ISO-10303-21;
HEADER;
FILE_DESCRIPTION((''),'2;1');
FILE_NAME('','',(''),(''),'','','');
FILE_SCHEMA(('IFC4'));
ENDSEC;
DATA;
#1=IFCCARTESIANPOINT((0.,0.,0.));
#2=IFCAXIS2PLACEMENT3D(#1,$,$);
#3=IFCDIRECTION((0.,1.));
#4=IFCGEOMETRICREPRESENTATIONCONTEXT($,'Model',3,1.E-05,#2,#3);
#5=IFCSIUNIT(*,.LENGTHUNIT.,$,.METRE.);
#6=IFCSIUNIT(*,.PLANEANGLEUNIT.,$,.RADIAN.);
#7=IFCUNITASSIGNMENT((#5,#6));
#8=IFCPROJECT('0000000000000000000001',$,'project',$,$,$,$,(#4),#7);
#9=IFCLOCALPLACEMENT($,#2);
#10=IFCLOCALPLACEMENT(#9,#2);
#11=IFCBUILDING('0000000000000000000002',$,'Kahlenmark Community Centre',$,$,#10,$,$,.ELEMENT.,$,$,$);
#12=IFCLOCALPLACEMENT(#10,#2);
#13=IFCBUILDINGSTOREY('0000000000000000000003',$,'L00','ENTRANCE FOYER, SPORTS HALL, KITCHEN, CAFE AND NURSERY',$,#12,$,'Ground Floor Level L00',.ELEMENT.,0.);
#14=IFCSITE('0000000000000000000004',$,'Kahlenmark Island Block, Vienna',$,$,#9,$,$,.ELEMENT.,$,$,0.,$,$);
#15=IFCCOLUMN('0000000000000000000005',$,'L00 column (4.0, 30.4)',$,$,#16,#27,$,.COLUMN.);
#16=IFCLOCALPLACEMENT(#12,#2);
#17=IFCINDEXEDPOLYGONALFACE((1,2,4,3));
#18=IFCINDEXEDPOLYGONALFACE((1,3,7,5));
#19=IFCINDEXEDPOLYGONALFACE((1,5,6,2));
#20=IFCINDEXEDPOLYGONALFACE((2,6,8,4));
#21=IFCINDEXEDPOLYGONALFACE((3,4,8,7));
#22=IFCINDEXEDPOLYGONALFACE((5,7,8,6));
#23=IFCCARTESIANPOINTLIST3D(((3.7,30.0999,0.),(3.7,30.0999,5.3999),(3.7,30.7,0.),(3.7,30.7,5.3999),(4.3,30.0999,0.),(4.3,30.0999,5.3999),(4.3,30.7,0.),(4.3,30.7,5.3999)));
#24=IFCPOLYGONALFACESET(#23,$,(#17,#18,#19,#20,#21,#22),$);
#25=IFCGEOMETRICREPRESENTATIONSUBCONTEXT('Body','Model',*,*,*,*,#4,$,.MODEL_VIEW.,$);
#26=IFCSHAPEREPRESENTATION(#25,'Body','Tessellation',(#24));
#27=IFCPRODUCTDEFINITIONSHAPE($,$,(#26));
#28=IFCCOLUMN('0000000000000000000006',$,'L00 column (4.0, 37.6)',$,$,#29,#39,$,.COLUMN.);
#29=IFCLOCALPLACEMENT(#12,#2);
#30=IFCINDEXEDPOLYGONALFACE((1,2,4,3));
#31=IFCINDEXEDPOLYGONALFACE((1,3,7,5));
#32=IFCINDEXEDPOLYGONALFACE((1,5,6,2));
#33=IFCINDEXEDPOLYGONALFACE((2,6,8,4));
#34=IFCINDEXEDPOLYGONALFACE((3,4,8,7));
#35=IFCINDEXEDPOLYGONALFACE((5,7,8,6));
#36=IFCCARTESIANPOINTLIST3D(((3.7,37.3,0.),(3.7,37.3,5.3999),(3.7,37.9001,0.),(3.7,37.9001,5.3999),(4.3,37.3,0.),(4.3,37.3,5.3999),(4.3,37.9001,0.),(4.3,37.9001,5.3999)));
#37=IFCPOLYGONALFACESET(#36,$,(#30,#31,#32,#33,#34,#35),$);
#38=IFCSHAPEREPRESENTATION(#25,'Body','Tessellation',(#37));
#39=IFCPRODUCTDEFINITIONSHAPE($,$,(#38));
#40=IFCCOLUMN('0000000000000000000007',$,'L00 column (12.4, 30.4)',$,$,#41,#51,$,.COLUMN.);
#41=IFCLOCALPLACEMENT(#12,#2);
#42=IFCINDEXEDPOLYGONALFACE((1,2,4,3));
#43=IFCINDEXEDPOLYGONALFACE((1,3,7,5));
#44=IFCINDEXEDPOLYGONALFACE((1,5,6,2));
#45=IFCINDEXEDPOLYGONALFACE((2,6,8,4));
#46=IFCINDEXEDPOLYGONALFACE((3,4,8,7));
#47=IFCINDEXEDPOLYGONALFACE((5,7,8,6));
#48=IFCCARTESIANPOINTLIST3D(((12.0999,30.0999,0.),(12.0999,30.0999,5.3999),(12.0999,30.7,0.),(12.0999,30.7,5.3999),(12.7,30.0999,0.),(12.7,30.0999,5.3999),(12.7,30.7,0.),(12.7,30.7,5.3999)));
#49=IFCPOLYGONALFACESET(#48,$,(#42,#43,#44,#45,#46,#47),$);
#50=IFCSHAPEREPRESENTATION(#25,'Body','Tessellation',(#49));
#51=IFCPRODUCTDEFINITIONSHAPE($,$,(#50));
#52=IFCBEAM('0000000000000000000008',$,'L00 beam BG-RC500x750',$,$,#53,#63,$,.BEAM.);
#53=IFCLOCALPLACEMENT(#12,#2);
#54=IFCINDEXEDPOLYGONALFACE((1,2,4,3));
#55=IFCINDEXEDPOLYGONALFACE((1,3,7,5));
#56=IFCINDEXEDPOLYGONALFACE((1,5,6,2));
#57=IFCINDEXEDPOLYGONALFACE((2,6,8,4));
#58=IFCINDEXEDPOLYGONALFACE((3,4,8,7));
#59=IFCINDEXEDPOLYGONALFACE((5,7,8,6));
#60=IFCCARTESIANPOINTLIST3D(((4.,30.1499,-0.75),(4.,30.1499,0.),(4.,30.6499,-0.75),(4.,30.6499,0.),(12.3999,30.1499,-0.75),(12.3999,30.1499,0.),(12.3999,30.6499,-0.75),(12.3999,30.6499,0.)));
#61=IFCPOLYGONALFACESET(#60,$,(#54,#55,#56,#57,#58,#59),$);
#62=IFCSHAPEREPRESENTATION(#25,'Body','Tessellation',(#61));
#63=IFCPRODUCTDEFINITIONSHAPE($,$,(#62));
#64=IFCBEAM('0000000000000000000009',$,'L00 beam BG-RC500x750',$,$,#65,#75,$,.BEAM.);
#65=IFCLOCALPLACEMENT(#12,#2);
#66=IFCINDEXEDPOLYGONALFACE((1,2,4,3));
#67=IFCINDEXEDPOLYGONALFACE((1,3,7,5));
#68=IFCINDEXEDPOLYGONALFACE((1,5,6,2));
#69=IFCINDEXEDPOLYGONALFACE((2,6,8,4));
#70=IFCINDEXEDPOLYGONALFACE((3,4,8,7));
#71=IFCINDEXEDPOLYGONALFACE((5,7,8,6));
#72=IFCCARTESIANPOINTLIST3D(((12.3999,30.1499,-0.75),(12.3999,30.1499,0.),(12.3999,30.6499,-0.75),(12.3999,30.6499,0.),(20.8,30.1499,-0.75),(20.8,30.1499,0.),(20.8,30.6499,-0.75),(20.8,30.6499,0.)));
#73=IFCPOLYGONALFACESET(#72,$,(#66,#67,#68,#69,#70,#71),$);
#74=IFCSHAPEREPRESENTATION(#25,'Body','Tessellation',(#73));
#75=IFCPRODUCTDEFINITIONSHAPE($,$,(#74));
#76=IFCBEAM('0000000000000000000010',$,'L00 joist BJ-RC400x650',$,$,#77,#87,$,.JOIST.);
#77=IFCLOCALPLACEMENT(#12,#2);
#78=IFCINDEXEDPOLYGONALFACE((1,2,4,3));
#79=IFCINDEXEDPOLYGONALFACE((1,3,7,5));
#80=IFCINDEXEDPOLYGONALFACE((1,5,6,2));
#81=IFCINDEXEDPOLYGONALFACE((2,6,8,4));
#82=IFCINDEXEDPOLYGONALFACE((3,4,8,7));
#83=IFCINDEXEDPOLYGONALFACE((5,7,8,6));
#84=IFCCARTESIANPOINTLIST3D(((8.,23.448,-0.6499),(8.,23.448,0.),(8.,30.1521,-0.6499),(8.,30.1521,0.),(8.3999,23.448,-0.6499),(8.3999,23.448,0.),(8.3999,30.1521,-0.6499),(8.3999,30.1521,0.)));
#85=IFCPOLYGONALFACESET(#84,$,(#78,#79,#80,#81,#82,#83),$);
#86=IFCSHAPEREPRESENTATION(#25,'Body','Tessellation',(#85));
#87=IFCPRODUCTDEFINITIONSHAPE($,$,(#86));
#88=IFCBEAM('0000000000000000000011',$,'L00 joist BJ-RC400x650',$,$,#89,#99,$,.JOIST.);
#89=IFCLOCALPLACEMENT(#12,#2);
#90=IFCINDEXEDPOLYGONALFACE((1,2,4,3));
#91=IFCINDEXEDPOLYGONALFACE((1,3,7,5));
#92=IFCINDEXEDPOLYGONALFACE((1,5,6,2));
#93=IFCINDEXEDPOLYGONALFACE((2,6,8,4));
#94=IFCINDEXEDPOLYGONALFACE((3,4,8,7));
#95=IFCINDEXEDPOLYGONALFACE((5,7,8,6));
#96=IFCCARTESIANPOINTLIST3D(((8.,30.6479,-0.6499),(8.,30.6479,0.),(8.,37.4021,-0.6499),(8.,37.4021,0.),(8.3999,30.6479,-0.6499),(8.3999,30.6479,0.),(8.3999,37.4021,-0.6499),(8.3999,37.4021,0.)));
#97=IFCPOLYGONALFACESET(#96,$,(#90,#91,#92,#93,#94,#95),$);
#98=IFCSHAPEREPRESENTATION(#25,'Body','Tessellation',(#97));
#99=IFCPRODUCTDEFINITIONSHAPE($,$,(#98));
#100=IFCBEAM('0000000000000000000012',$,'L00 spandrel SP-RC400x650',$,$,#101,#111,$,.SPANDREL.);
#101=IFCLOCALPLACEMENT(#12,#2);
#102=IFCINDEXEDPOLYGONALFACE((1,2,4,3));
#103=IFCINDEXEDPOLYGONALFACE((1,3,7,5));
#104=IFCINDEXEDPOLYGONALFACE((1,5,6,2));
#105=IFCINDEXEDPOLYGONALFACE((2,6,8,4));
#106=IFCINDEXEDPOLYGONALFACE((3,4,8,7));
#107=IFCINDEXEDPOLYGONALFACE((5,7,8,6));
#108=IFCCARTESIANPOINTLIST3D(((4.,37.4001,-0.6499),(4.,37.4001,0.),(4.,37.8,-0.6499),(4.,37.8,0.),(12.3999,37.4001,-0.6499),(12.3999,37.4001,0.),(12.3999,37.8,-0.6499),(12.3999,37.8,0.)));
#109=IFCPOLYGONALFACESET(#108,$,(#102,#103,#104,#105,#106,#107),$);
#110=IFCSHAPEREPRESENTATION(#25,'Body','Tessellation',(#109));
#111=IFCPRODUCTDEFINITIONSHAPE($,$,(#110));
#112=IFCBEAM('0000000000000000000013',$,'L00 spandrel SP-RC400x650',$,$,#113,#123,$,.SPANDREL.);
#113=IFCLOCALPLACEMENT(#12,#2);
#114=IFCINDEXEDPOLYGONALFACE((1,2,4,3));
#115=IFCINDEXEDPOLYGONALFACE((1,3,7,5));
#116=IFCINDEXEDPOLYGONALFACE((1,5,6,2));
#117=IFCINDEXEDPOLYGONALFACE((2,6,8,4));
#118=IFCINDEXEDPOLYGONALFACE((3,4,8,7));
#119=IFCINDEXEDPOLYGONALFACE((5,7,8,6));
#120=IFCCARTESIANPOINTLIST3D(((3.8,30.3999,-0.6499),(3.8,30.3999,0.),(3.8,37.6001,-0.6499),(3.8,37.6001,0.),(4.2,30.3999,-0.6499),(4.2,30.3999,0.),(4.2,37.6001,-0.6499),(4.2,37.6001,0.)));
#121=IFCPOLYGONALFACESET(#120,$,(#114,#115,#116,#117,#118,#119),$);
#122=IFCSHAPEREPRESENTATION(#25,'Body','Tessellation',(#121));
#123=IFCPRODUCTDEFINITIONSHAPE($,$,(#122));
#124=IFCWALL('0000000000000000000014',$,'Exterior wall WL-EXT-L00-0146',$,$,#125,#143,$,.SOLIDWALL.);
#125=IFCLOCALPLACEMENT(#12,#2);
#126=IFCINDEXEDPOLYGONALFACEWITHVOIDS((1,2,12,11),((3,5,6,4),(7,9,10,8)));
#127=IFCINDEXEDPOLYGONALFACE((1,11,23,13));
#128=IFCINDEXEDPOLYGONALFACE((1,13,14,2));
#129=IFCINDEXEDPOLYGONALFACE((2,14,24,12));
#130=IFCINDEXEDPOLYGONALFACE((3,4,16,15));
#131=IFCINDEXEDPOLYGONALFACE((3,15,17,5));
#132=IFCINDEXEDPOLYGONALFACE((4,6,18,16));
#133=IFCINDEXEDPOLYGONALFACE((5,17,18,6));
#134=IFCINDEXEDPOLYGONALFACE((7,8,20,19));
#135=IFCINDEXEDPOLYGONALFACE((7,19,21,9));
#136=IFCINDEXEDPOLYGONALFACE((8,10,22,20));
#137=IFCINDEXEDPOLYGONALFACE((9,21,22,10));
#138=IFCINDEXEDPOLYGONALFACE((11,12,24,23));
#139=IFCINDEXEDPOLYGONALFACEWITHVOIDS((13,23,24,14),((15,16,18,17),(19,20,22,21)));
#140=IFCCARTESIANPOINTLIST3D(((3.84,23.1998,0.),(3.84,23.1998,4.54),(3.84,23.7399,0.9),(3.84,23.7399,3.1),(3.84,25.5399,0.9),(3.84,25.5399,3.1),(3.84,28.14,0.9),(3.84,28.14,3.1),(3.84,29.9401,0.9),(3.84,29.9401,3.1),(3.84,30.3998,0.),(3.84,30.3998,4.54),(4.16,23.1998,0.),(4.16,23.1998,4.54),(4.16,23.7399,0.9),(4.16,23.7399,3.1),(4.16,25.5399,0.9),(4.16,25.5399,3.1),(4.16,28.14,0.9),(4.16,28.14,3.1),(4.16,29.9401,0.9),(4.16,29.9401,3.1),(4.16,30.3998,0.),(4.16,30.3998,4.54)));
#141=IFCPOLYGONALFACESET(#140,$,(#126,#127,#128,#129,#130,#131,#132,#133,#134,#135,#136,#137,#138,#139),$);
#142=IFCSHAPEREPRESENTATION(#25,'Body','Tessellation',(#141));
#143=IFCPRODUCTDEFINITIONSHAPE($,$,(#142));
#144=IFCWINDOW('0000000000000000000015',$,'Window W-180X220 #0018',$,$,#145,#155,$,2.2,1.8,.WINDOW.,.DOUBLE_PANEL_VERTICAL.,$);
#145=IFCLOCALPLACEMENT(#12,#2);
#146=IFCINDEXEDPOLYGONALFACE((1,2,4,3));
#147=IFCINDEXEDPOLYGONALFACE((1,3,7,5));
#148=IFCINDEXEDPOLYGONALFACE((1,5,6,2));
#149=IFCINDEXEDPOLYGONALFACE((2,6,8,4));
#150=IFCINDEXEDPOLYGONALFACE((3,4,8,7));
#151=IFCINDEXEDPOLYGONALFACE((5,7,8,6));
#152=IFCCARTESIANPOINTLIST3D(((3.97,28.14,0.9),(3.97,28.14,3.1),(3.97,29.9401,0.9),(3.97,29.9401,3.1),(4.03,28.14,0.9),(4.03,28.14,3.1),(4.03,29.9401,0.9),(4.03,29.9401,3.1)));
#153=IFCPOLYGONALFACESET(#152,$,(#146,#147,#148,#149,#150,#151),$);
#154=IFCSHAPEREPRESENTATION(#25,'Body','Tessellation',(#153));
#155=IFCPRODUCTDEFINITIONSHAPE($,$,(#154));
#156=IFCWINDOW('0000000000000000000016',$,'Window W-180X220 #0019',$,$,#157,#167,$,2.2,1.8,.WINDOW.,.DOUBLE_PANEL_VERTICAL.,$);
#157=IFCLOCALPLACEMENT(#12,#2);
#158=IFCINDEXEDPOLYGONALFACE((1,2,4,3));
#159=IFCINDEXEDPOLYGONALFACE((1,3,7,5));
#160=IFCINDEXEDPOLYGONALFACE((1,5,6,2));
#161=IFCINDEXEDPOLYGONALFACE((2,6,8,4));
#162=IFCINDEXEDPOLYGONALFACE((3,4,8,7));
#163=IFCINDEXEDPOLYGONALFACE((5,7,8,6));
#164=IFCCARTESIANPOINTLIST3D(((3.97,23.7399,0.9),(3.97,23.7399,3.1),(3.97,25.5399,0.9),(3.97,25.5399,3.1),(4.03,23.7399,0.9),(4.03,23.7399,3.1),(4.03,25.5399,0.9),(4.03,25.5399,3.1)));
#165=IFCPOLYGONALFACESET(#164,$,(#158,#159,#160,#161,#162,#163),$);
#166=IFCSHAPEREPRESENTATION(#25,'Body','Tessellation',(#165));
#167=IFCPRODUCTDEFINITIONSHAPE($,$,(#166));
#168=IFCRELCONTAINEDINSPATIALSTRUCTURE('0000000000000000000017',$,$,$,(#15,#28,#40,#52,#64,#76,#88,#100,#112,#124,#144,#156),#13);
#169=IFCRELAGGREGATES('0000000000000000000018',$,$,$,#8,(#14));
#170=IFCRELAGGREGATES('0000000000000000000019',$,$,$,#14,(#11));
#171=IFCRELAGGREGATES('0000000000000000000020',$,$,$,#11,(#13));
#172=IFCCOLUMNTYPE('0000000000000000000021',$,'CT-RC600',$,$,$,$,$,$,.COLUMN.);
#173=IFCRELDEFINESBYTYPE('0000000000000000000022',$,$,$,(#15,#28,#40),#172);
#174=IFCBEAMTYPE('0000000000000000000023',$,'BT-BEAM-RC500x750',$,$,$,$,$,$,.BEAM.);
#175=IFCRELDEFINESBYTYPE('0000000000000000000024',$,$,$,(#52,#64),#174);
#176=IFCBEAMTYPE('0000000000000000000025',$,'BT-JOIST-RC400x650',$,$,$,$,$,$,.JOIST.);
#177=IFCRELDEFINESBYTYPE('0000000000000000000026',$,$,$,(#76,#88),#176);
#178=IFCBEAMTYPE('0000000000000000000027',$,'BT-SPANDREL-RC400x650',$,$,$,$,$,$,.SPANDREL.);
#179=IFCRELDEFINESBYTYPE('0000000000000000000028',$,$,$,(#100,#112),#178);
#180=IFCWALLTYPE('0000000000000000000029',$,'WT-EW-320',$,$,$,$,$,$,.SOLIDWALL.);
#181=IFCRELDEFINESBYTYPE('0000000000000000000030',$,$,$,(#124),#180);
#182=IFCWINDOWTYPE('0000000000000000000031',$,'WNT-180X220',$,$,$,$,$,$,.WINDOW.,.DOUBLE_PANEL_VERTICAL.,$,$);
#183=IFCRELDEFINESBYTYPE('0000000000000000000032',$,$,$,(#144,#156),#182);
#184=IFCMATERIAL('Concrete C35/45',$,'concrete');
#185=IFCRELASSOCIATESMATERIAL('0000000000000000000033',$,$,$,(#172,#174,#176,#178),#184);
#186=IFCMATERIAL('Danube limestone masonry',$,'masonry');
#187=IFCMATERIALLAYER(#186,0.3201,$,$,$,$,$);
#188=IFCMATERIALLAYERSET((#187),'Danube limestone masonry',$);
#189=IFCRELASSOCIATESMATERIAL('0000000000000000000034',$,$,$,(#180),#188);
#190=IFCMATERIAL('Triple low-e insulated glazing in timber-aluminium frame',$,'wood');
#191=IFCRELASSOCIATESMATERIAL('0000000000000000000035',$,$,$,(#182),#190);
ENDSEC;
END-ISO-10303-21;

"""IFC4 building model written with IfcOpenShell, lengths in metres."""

from ifc_helpers import new_model, si_unit, direction, frame, frame_2d, origin, origin_2d, place, context, subcontext, project, spatial, rectangle, extrude, material, layer, layer_set, material_profile, profile_set, type_object, element, fill, save


model = new_model("IFC4")

# Units and contexts
model_context = context("Model", 3, precision=1e-05, world=origin(), true_north=direction((0.0, 1.0)))
body_context = subcontext(model_context, "Body", "Model", "MODEL_VIEW")
ifc_project = project(units=[si_unit("LENGTHUNIT", "METRE"), si_unit("PLANEANGLEUNIT", "RADIAN")], contexts=[model_context])

# Site, building, storey
site_placement = place(None, origin())
site = spatial("IfcSite", under=ifc_project, at=site_placement, Name="Kahlenmark Island Block, Vienna", CompositionType="ELEMENT", RefElevation=0.0)
building_placement = place(site_placement, origin())
building = spatial("IfcBuilding", under=site, at=building_placement, Name="Kahlenmark Community Centre", CompositionType="ELEMENT")
storey_placement = place(building_placement, origin())
storey = spatial("IfcBuildingStorey", under=building, at=storey_placement, Name="L00", Description="ENTRANCE FOYER, SPORTS HALL, KITCHEN, CAFE AND NURSERY", LongName="Ground Floor Level L00", CompositionType="ELEMENT", Elevation=0.0)

# Columns
ifc_material_1 = material(Name="Concrete C35/45", Category="concrete")
ifc_material_profile_1 = material_profile(ifc_material_1, rectangle(XDim=0.6001, YDim=0.6001, at=origin_2d()), Name="RC 600x600")
ifc_profile_set_1 = profile_set([ifc_material_profile_1], Name="Concrete C35/45")
column_type = type_object("IfcColumnType", Name="CT-RC600", PredefinedType="COLUMN", material=ifc_profile_set_1)
for number, where, z_axis, x_axis, name in (
    (1, (4.0, 30.3999, 0.0), (0.0, 0.0, 1.0), (1.0, 0.0, 0.0), "L00 column (4.0, 30.4)"),
    (2, (4.0, 37.6001, 0.0), (0.0, 0.0, 1.0), (1.0, 0.0, 0.0), "L00 column (4.0, 37.6)"),
    (3, (12.3999, 30.3999, 0.0), (0.0, 0.0, 1.0), (1.0, 0.0, 0.0), "L00 column (12.4, 30.4)"),
):
    element("IfcColumn", number, at=place(storey_placement, frame(where, z_axis=z_axis, x_axis=x_axis)), inside=storey, type_object=column_type, Name=name, PredefinedType="COLUMN", context=body_context, shape_type="SweptSolid", body=[
        extrude(rectangle(XDim=0.6001, YDim=0.6001, at=origin_2d()), origin(), (0.0, 0.0, 1.0), 5.3999),
    ])

# Beams
ifc_material_profile_2 = material_profile(ifc_material_1, rectangle(XDim=0.5, YDim=0.75, at=origin_2d()), Name="RC 500x750")
ifc_profile_set_2 = profile_set([ifc_material_profile_2], Name="Concrete C35/45")
beam_type_1 = type_object("IfcBeamType", Name="BT-BEAM-RC500x750", PredefinedType="BEAM", material=ifc_profile_set_2)
beam_1_placement = place(storey_placement, frame((4.0, 30.3999, -0.375), z_axis=(1.0, 0.0, 0.0), x_axis=(0.0, 1.0, 0.0)))
element("IfcBeam", 4, at=beam_1_placement, inside=storey, type_object=beam_type_1, Name="L00 beam BG-RC500x750", PredefinedType="BEAM", context=body_context, shape_type="SweptSolid", body=[
    extrude(rectangle(XDim=0.5, YDim=0.75, at=origin_2d()), origin(), (0.0, 0.0, 1.0), 8.3999),
])
beam_2_placement = place(storey_placement, frame((12.3999, 30.3999, -0.375), z_axis=(1.0, 0.0, 0.0), x_axis=(0.0, 1.0, 0.0)))
element("IfcBeam", 5, at=beam_2_placement, inside=storey, type_object=beam_type_1, Name="L00 beam BG-RC500x750", PredefinedType="BEAM", context=body_context, shape_type="SweptSolid", body=[
    extrude(rectangle(XDim=0.5, YDim=0.75, at=origin_2d()), origin(), (0.0, 0.0, 1.0), 8.4001),
])
ifc_material_profile_3 = material_profile(ifc_material_1, rectangle(XDim=0.3999, YDim=0.6499, at=origin_2d()), Name="RC 400x650")
ifc_profile_set_3 = profile_set([ifc_material_profile_3], Name="Concrete C35/45")
beam_type_2 = type_object("IfcBeamType", Name="BT-JOIST-RC400x650", PredefinedType="JOIST", material=ifc_profile_set_3)
beam_3_placement = place(storey_placement, frame((8.2, 23.448, -0.325), z_axis=(0.0, 1.0, 0.0), x_axis=(-1.0, 0.0, 0.0)))
element("IfcBeam", 6, at=beam_3_placement, inside=storey, type_object=beam_type_2, Name="L00 joist BJ-RC400x650", PredefinedType="JOIST", context=body_context, shape_type="SweptSolid", body=[
    extrude(rectangle(XDim=0.3999, YDim=0.6499, at=origin_2d()), origin(), (0.0, 0.0, 1.0), 6.7041),
])
beam_4_placement = place(storey_placement, frame((8.2, 30.6479, -0.325), z_axis=(0.0, 1.0, 0.0), x_axis=(-1.0, 0.0, 0.0)))
element("IfcBeam", 7, at=beam_4_placement, inside=storey, type_object=beam_type_2, Name="L00 joist BJ-RC400x650", PredefinedType="JOIST", context=body_context, shape_type="SweptSolid", body=[
    extrude(rectangle(XDim=0.3999, YDim=0.6499, at=origin_2d()), origin(), (0.0, 0.0, 1.0), 6.7542),
])
ifc_material_profile_4 = material_profile(ifc_material_1, rectangle(XDim=0.3999, YDim=0.6499, at=origin_2d()), Name="RC 400x650")
ifc_profile_set_4 = profile_set([ifc_material_profile_4], Name="Concrete C35/45")
beam_type_3 = type_object("IfcBeamType", Name="BT-SPANDREL-RC400x650", PredefinedType="SPANDREL", material=ifc_profile_set_4)
beam_5_placement = place(storey_placement, frame((4.0, 37.6001, -0.325), z_axis=(1.0, 0.0, 0.0), x_axis=(0.0, 1.0, 0.0)))
element("IfcBeam", 8, at=beam_5_placement, inside=storey, type_object=beam_type_3, Name="L00 spandrel SP-RC400x650", PredefinedType="SPANDREL", context=body_context, shape_type="SweptSolid", body=[
    extrude(rectangle(XDim=0.3999, YDim=0.6499, at=origin_2d()), origin(), (0.0, 0.0, 1.0), 8.3999),
])
beam_6_placement = place(storey_placement, frame((4.0, 30.3999, -0.325), z_axis=(0.0, 1.0, 0.0), x_axis=(-1.0, 0.0, 0.0)))
element("IfcBeam", 9, at=beam_6_placement, inside=storey, type_object=beam_type_3, Name="L00 spandrel SP-RC400x650", PredefinedType="SPANDREL", context=body_context, shape_type="SweptSolid", body=[
    extrude(rectangle(XDim=0.3999, YDim=0.6499, at=origin_2d()), origin(), (0.0, 0.0, 1.0), 7.2002),
])

# Wall, openings, windows
ifc_material_2 = material(Name="Danube limestone masonry", Category="masonry")
ifc_layer_1 = layer(ifc_material_2, 0.3201)
ifc_layer_set_1 = layer_set([ifc_layer_1], Name="Danube limestone masonry")
wall_type_1 = type_object("IfcWallType", Name="WT-EW-320", PredefinedType="SOLIDWALL", material=ifc_layer_set_1)
wall_1_placement = place(storey_placement, frame((4.0, 30.3999, 0.0), z_axis=(0.0, 0.0, 1.0), x_axis=(0.0, -1.0, 0.0)))
wall_1 = element("IfcWall", 10, at=wall_1_placement, inside=storey, type_object=wall_type_1, Name="Exterior wall WL-EXT-L00-0146", PredefinedType="SOLIDWALL", context=body_context, shape_type="SweptSolid", body=[
    extrude(rectangle(XDim=7.2, YDim=0.3201, at=frame_2d((3.6001, 0.0))), origin(), (0.0, 0.0, 1.0), 4.54),
])
opening_1_placement = place(wall_1_placement, frame((0.46, 0.0, 0.8999)))
opening_1 = element("IfcOpeningElement", 11, at=opening_1_placement, cuts=wall_1, PredefinedType="OPENING", context=body_context, shape_type="SweptSolid", body=[
    extrude(rectangle(XDim=1.8, YDim=2.2, at=frame_2d((0.8999, 1.1001))), frame((0.0, 0.1699, 0.0), z_axis=(0.0, -1.0, 0.0), x_axis=(1.0, 0.0, 0.0)), (0.0, 0.0, 1.0), 0.3401),
])
opening_2_placement = place(wall_1_placement, frame((4.8601, 0.0, 0.8999)))
opening_2 = element("IfcOpeningElement", 12, at=opening_2_placement, cuts=wall_1, PredefinedType="OPENING", context=body_context, shape_type="SweptSolid", body=[
    extrude(rectangle(XDim=1.8, YDim=2.2, at=frame_2d((0.8999, 1.1001))), frame((0.0, 0.1699, 0.0), z_axis=(0.0, -1.0, 0.0), x_axis=(1.0, 0.0, 0.0)), (0.0, 0.0, 1.0), 0.3401),
])
ifc_material_3 = material(Name="Triple low-e insulated glazing in timber-aluminium frame", Category="wood")
window_type = type_object("IfcWindowType", Name="WNT-180X220", PartitioningType="DOUBLE_PANEL_VERTICAL", PredefinedType="WINDOW", material=ifc_material_3)
window_1_placement = place(opening_1_placement, origin())
window_1 = element("IfcWindow", 13, at=window_1_placement, inside=storey, type_object=window_type, Name="Window W-180X220 #0018", OverallHeight=2.2, OverallWidth=1.8, PartitioningType="DOUBLE_PANEL_VERTICAL", PredefinedType="WINDOW", context=body_context, shape_type="SweptSolid", body=[
    extrude(rectangle(XDim=1.8, YDim=2.2, at=frame_2d((0.8999, 1.1001))), frame((0.0, 0.03, 0.0), z_axis=(0.0, -1.0, 0.0), x_axis=(1.0, 0.0, 0.0)), (0.0, 0.0, 1.0), 0.0601),
])
fill(opening_1, window_1)
window_2_placement = place(opening_2_placement, origin())
window_2 = element("IfcWindow", 14, at=window_2_placement, inside=storey, type_object=window_type, Name="Window W-180X220 #0019", OverallHeight=2.2, OverallWidth=1.8, PartitioningType="DOUBLE_PANEL_VERTICAL", PredefinedType="WINDOW", context=body_context, shape_type="SweptSolid", body=[
    extrude(rectangle(XDim=1.8, YDim=2.2, at=frame_2d((0.8999, 1.1001))), frame((0.0, 0.03, 0.0), z_axis=(0.0, -1.0, 0.0), x_axis=(1.0, 0.0, 0.0)), (0.0, 0.0, 1.0), 0.0601),
])
fill(opening_2, window_2)

save(model, "model.ifc")
